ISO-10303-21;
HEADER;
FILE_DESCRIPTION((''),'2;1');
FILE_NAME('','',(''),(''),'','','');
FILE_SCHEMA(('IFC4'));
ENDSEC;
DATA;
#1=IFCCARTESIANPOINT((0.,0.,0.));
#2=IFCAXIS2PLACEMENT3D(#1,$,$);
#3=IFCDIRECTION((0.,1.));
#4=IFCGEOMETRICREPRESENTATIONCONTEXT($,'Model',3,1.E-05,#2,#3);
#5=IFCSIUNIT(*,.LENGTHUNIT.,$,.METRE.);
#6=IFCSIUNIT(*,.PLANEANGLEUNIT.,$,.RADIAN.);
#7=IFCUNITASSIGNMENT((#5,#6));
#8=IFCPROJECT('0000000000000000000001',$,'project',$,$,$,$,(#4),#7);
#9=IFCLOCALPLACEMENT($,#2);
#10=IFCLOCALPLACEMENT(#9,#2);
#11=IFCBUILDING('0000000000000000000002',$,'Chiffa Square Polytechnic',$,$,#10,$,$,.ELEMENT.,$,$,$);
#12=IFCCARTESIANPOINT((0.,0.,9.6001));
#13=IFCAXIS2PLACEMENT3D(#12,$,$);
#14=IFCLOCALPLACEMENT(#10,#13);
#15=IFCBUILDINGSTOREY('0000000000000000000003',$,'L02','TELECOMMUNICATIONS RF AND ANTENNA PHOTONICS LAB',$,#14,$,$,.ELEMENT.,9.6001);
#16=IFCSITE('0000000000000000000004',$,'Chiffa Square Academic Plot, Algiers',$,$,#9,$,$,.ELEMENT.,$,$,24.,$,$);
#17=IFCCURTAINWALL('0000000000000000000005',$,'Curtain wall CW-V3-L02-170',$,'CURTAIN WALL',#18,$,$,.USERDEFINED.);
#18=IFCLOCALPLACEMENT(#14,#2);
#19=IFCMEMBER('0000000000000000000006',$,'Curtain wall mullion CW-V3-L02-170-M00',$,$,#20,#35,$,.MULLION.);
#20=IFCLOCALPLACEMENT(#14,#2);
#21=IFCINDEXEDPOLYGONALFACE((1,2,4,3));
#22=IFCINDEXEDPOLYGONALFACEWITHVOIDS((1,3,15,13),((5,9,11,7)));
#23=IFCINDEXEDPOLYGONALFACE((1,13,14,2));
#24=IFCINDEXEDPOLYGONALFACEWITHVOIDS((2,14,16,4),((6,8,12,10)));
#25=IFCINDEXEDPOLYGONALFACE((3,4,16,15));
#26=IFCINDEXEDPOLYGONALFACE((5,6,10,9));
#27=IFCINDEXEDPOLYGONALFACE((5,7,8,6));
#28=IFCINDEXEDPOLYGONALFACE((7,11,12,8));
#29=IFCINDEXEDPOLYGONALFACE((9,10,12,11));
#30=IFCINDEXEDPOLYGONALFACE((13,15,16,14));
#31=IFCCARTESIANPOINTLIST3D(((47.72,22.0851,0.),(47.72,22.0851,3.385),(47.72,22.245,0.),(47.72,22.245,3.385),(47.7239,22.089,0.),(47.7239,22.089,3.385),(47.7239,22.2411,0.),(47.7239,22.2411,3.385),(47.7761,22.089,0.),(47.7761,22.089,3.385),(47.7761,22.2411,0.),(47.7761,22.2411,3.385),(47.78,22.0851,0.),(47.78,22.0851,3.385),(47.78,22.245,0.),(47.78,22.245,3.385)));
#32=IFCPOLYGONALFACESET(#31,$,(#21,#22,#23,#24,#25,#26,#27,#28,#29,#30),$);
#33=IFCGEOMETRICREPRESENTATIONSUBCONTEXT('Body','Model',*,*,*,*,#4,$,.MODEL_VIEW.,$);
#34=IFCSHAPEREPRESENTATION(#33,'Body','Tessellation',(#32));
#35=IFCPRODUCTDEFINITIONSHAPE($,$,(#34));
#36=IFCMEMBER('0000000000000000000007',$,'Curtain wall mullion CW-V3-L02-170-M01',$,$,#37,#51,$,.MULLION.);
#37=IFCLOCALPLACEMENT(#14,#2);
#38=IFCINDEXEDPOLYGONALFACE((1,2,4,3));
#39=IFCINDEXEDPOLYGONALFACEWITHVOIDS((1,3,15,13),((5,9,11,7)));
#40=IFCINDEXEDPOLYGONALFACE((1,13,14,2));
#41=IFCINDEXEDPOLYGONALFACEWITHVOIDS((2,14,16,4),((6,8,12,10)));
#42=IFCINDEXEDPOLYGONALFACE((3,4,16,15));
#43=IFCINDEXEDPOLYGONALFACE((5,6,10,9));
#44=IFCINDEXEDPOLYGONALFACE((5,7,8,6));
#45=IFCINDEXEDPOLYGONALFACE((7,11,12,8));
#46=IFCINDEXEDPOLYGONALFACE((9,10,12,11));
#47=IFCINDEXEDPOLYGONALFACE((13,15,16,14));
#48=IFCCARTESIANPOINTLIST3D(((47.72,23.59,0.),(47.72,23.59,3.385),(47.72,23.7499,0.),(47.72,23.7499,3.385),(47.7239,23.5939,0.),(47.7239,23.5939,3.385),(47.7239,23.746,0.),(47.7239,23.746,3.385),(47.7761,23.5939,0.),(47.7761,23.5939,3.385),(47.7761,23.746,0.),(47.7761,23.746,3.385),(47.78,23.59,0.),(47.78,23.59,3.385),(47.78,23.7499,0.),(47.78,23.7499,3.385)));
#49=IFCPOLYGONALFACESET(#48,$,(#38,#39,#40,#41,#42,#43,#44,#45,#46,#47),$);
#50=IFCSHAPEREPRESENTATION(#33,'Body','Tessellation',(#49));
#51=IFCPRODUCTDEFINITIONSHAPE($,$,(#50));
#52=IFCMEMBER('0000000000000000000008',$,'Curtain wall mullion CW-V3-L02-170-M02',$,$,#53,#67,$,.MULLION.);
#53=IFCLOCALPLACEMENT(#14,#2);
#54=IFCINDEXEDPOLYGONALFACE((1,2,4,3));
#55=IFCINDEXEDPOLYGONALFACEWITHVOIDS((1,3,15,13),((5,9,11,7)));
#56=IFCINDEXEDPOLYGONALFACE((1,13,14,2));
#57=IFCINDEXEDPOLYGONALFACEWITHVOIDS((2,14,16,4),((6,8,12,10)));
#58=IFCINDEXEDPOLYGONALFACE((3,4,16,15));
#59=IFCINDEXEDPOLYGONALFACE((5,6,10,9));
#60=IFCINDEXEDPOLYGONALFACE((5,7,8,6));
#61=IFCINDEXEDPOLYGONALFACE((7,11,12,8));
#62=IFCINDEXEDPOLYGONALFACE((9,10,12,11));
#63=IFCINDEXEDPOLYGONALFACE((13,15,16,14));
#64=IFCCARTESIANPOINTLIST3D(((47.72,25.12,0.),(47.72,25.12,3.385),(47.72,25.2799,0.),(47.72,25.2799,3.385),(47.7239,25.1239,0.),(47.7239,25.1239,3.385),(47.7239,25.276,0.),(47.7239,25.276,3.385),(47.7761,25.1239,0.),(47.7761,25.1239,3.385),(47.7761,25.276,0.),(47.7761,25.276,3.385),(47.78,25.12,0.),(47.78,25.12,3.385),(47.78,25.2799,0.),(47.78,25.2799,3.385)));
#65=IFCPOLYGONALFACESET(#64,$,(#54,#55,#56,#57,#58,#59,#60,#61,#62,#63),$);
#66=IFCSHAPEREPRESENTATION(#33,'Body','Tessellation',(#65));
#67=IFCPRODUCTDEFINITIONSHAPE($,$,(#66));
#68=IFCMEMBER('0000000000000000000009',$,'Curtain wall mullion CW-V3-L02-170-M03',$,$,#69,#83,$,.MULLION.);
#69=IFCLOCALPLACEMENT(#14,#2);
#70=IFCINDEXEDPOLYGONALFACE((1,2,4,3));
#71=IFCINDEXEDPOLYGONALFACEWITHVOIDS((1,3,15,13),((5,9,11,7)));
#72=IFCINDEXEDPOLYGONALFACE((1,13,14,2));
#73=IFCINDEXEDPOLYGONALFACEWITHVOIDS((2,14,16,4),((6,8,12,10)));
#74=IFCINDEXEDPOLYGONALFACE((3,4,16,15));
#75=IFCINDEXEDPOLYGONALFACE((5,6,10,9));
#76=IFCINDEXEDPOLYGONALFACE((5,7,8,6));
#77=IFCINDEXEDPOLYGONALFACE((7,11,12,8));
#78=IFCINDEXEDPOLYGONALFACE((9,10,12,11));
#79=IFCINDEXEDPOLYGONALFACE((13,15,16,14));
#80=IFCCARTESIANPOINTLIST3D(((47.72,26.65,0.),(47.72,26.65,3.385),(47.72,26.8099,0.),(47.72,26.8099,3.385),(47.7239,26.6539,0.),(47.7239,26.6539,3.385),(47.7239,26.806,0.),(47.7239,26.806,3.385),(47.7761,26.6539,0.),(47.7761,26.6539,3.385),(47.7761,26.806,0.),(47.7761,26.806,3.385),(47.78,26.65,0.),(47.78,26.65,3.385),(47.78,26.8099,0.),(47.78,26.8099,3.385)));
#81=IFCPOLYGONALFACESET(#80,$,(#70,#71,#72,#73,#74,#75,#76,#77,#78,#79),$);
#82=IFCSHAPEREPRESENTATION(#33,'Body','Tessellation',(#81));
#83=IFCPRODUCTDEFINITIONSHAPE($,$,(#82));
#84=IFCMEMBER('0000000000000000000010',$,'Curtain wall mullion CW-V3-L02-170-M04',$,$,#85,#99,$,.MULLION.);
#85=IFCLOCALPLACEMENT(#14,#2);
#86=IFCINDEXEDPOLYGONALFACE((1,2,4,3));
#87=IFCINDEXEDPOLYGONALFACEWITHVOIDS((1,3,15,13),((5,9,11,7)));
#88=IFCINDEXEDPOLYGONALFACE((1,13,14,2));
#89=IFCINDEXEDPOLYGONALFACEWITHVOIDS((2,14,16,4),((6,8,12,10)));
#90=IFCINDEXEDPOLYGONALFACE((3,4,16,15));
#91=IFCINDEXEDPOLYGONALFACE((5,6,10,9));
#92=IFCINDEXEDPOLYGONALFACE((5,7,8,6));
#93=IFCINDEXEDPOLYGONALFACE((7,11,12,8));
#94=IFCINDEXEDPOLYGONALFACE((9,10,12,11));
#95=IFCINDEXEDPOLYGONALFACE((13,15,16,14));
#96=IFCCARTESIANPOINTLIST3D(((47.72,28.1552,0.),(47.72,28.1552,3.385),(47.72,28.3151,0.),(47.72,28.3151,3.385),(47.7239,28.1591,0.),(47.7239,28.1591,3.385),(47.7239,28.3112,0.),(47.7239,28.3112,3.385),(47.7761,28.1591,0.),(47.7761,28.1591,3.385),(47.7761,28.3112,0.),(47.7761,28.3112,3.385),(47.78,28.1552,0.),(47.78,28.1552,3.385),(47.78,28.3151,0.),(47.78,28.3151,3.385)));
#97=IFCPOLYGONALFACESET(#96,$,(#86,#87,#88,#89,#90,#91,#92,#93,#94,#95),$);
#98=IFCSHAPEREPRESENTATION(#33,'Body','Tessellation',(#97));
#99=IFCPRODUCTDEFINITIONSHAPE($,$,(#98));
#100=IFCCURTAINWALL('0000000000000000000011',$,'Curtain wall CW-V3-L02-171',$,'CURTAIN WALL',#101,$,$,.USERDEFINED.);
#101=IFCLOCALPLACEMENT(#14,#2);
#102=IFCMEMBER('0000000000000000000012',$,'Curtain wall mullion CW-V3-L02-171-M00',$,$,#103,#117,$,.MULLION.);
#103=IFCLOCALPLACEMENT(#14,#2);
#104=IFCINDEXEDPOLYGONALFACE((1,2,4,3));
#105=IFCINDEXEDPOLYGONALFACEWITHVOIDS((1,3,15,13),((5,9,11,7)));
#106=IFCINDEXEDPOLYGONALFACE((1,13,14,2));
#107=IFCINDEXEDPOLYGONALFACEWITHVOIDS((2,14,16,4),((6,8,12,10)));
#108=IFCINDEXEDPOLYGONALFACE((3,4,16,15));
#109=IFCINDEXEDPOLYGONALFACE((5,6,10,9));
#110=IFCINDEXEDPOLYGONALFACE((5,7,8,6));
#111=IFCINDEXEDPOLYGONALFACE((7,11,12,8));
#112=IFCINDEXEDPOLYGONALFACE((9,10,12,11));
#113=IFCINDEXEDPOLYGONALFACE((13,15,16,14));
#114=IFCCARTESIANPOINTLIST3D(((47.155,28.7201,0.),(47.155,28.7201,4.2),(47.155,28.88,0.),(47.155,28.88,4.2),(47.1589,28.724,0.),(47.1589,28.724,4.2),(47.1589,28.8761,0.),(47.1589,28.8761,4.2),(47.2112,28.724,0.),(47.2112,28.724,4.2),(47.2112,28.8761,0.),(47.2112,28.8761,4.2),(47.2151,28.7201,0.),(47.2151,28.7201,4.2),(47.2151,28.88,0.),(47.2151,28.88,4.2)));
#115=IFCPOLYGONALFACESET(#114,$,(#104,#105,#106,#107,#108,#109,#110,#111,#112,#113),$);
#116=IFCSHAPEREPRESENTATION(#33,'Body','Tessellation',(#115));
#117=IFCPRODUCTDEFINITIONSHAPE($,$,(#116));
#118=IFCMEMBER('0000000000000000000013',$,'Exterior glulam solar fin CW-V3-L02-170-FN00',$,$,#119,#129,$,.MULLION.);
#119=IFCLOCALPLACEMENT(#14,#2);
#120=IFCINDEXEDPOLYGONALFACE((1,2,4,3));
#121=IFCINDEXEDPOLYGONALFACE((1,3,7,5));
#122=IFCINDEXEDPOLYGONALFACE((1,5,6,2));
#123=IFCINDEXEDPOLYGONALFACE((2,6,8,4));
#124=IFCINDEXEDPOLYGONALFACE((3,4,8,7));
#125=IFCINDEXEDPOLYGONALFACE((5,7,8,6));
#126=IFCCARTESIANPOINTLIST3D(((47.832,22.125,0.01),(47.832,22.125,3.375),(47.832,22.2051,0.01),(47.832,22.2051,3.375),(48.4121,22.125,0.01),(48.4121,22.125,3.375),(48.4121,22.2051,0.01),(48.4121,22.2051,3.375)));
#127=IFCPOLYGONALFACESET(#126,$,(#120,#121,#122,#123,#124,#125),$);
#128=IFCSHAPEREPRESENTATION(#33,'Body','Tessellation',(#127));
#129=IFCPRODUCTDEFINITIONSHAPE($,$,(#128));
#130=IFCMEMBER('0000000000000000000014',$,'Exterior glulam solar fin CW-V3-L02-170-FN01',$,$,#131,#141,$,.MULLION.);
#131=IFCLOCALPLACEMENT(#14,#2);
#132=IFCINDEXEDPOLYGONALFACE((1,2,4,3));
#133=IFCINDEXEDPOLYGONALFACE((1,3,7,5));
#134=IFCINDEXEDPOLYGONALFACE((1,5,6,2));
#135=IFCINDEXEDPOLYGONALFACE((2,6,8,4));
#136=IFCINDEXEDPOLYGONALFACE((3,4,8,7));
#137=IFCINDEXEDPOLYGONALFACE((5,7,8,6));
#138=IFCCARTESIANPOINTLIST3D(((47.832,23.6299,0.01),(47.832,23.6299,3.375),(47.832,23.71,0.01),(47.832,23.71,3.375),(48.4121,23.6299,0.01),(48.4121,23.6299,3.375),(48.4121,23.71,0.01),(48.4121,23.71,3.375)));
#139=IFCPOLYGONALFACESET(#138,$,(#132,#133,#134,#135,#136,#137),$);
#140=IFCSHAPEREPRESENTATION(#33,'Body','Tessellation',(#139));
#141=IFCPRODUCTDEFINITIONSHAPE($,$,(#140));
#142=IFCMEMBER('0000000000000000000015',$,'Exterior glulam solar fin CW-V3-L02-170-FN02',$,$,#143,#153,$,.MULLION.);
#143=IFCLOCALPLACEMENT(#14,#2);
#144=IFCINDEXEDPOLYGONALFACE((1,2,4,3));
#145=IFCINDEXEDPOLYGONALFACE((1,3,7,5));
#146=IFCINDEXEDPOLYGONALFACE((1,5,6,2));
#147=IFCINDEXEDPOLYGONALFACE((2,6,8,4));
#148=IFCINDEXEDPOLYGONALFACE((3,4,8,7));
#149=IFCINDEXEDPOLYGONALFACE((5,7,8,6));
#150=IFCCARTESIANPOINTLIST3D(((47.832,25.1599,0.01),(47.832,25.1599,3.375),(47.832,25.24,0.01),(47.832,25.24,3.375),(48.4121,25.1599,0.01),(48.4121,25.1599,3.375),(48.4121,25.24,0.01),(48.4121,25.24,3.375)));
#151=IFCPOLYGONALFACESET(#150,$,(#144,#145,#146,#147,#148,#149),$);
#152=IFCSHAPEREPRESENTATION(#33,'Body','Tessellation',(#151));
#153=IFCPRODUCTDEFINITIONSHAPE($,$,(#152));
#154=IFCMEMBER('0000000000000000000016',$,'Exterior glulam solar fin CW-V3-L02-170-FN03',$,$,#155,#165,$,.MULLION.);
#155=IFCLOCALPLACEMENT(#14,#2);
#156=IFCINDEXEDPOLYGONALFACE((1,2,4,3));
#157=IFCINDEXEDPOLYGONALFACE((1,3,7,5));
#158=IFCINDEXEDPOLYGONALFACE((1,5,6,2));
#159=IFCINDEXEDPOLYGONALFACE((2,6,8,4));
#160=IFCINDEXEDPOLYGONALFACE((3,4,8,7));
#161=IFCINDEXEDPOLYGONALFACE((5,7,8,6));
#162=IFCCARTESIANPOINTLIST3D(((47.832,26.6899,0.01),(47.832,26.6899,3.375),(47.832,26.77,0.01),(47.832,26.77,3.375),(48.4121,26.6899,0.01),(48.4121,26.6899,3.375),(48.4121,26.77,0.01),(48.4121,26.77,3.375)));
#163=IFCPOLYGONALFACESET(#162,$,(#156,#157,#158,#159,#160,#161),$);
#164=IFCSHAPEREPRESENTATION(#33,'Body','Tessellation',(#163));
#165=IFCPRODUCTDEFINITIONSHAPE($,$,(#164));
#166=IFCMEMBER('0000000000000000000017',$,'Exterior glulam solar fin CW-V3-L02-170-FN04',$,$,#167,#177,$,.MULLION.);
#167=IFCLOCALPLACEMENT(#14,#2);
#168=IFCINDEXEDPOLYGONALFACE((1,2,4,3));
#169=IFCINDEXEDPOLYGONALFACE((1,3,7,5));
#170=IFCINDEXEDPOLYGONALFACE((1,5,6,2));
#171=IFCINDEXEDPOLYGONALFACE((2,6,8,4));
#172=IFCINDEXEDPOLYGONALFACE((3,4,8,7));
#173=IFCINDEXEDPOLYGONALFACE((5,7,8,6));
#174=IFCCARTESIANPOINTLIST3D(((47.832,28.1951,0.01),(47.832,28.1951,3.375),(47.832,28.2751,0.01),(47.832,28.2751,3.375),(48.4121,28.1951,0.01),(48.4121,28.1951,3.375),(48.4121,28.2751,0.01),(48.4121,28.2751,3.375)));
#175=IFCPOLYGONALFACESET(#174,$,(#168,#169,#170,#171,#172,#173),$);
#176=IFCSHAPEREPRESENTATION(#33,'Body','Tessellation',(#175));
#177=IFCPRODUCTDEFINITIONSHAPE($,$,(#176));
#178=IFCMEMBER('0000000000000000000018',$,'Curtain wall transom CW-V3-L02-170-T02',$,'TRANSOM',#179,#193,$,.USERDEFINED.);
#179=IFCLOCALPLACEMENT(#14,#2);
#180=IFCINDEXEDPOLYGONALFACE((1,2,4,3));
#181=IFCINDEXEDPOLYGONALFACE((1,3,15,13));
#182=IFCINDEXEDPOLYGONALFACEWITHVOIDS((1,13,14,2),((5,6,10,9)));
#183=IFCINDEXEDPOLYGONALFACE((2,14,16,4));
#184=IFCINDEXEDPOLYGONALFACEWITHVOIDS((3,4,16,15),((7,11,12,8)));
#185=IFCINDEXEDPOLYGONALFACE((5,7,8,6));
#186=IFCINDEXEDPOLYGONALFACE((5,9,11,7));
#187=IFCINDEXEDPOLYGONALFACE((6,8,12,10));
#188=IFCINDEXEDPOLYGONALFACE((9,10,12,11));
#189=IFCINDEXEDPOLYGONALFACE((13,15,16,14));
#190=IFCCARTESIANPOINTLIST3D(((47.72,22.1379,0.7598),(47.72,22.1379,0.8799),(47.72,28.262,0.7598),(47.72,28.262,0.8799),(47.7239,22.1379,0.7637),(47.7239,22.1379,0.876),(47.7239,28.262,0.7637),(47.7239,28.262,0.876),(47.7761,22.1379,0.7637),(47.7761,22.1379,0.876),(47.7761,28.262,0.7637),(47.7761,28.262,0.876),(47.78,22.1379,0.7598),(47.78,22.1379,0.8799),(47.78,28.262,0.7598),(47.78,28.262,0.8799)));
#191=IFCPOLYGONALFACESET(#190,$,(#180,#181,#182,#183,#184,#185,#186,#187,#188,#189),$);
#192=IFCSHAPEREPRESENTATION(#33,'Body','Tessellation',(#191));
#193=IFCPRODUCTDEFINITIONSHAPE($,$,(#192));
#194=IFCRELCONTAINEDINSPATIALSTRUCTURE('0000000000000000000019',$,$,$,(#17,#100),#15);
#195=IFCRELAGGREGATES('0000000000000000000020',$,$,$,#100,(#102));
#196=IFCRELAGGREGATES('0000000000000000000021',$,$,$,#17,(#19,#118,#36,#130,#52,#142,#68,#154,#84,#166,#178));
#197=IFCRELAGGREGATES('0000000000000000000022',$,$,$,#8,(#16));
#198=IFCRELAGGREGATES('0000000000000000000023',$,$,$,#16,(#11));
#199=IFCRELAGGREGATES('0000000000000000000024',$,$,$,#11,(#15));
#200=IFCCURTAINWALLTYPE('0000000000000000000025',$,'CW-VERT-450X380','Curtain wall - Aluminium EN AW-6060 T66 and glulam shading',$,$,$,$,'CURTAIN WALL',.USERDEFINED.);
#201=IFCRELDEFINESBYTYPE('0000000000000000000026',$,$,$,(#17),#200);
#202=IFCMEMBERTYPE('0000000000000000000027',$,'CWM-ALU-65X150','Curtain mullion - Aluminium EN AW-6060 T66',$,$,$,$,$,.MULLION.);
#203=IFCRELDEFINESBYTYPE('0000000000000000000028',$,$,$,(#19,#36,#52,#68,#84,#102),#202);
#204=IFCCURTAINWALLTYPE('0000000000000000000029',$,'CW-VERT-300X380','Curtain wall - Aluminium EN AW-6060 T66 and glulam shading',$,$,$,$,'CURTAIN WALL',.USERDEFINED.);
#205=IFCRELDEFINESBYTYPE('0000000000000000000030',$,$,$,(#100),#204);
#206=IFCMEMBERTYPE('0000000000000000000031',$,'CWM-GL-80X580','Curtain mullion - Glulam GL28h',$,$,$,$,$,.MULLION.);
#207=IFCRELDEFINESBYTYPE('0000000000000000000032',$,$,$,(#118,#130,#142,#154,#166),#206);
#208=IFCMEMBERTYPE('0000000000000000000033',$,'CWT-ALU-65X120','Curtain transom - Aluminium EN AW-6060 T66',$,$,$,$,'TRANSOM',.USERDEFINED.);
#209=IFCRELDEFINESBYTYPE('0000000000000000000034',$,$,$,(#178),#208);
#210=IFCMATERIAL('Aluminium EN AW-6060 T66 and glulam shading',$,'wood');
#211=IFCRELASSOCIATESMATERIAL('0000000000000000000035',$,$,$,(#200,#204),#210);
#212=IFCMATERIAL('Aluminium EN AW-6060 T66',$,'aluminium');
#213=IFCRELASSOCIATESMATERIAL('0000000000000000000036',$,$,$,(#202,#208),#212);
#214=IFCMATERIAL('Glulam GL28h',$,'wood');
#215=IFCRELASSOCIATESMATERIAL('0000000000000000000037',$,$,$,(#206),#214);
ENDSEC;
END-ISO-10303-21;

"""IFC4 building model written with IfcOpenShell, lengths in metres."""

from ifc_helpers import new_model, si_unit, direction, frame, origin, origin_2d, place, context, subcontext, project, spatial, rectangle, hollow_rectangle, extrude, material, material_profile, profile_set, type_object, element, aggregate, save


model = new_model("IFC4")

# Units and contexts
model_context = context("Model", 3, precision=1e-05, world=origin(), true_north=direction((0.0, 1.0)))
body_context = subcontext(model_context, "Body", "Model", "MODEL_VIEW")
ifc_project = project(units=[si_unit("LENGTHUNIT", "METRE"), si_unit("PLANEANGLEUNIT", "RADIAN")], contexts=[model_context])

# Site, building, storey
site_placement = place(None, origin())
site = spatial("IfcSite", under=ifc_project, at=site_placement, Name="Chiffa Square Academic Plot, Algiers", CompositionType="ELEMENT", RefElevation=24.0)
building_placement = place(site_placement, origin())
building = spatial("IfcBuilding", under=site, at=building_placement, Name="Chiffa Square Polytechnic", CompositionType="ELEMENT")
storey_placement = place(building_placement, frame((0.0, 0.0, 9.6001)))
storey = spatial("IfcBuildingStorey", under=building, at=storey_placement, Name="L02", Description="TELECOMMUNICATIONS RF AND ANTENNA PHOTONICS LAB", CompositionType="ELEMENT", Elevation=9.6001)

# Curtain wall, members
ifc_material_1 = material(Name="Aluminium EN AW-6060 T66 and glulam shading", Category="wood")
curtain_wall_type_1 = type_object("IfcCurtainWallType", Name="CW-VERT-450X380", Description="Curtain wall - Aluminium EN AW-6060 T66 and glulam shading", ElementType="CURTAIN WALL", PredefinedType="USERDEFINED", material=ifc_material_1)
curtain_wall_1_placement = place(storey_placement, origin())
curtain_wall_1 = element("IfcCurtainWall", 1, at=curtain_wall_1_placement, inside=storey, type_object=curtain_wall_type_1, Name="Curtain wall CW-V3-L02-170", ObjectType="CURTAIN WALL", PredefinedType="USERDEFINED")
ifc_material_2 = material(Name="Aluminium EN AW-6060 T66", Category="aluminium")
ifc_material_profile_1 = material_profile(ifc_material_2, hollow_rectangle(XDim=0.0601, YDim=0.1599, WallThickness=0.0039, at=origin_2d()), Name="ALU 60x160x4")
ifc_profile_set_1 = profile_set([ifc_material_profile_1], Name="Aluminium EN AW-6060 T66")
member_type_1 = type_object("IfcMemberType", Name="CWM-ALU-65X150", Description="Curtain mullion - Aluminium EN AW-6060 T66", PredefinedType="MULLION", material=ifc_profile_set_1)
member_1_placement = place(storey_placement, frame((47.75, 22.165, 0.0), z_axis=(0.0, 0.0, 1.0), x_axis=(1.0, 0.0, 0.0)))
member_1 = element("IfcMember", 2, at=member_1_placement, type_object=member_type_1, Name="Curtain wall mullion CW-V3-L02-170-M00", PredefinedType="MULLION", context=body_context, shape_type="SweptSolid", body=[
    extrude(hollow_rectangle(XDim=0.0601, YDim=0.1599, WallThickness=0.0039, at=origin_2d()), origin(), (0.0, 0.0, 1.0), 3.385),
])
member_2_placement = place(storey_placement, frame((47.75, 23.6699, 0.0), z_axis=(0.0, 0.0, 1.0), x_axis=(1.0, 0.0, 0.0)))
member_2 = element("IfcMember", 3, at=member_2_placement, type_object=member_type_1, Name="Curtain wall mullion CW-V3-L02-170-M01", PredefinedType="MULLION", context=body_context, shape_type="SweptSolid", body=[
    extrude(hollow_rectangle(XDim=0.0601, YDim=0.1599, WallThickness=0.0039, at=origin_2d()), origin(), (0.0, 0.0, 1.0), 3.385),
])
member_3_placement = place(storey_placement, frame((47.75, 25.2, 0.0), z_axis=(0.0, 0.0, 1.0), x_axis=(1.0, 0.0, 0.0)))
member_3 = element("IfcMember", 4, at=member_3_placement, type_object=member_type_1, Name="Curtain wall mullion CW-V3-L02-170-M02", PredefinedType="MULLION", context=body_context, shape_type="SweptSolid", body=[
    extrude(hollow_rectangle(XDim=0.0601, YDim=0.1599, WallThickness=0.0039, at=origin_2d()), origin(), (0.0, 0.0, 1.0), 3.385),
])
member_4_placement = place(storey_placement, frame((47.75, 26.73, 0.0), z_axis=(0.0, 0.0, 1.0), x_axis=(1.0, 0.0, 0.0)))
member_4 = element("IfcMember", 5, at=member_4_placement, type_object=member_type_1, Name="Curtain wall mullion CW-V3-L02-170-M03", PredefinedType="MULLION", context=body_context, shape_type="SweptSolid", body=[
    extrude(hollow_rectangle(XDim=0.0601, YDim=0.1599, WallThickness=0.0039, at=origin_2d()), origin(), (0.0, 0.0, 1.0), 3.385),
])
member_5_placement = place(storey_placement, frame((47.75, 28.2351, 0.0), z_axis=(0.0, 0.0, 1.0), x_axis=(1.0, 0.0, 0.0)))
member_5 = element("IfcMember", 6, at=member_5_placement, type_object=member_type_1, Name="Curtain wall mullion CW-V3-L02-170-M04", PredefinedType="MULLION", context=body_context, shape_type="SweptSolid", body=[
    extrude(hollow_rectangle(XDim=0.0601, YDim=0.1599, WallThickness=0.0039, at=origin_2d()), origin(), (0.0, 0.0, 1.0), 3.385),
])

# Curtain wall, member
curtain_wall_type_2 = type_object("IfcCurtainWallType", Name="CW-VERT-300X380", Description="Curtain wall - Aluminium EN AW-6060 T66 and glulam shading", ElementType="CURTAIN WALL", PredefinedType="USERDEFINED", material=ifc_material_1)
curtain_wall_2_placement = place(storey_placement, origin())
curtain_wall_2 = element("IfcCurtainWall", 7, at=curtain_wall_2_placement, inside=storey, type_object=curtain_wall_type_2, Name="Curtain wall CW-V3-L02-171", ObjectType="CURTAIN WALL", PredefinedType="USERDEFINED")
member_6_placement = place(storey_placement, frame((47.1851, 28.8, 0.0), z_axis=(0.0, 0.0, 1.0), x_axis=(1.0, 0.0, 0.0)))
member_6 = element("IfcMember", 8, at=member_6_placement, type_object=member_type_1, Name="Curtain wall mullion CW-V3-L02-171-M00", PredefinedType="MULLION", context=body_context, shape_type="SweptSolid", body=[
    extrude(hollow_rectangle(XDim=0.0601, YDim=0.1599, WallThickness=0.0039, at=origin_2d()), origin(), (0.0, 0.0, 1.0), 4.2),
])

# Members
ifc_material_3 = material(Name="Glulam GL28h", Category="wood")
ifc_material_profile_2 = material_profile(ifc_material_3, rectangle(XDim=0.0801, YDim=0.5801, at=origin_2d()), Name="GL28h 80x580")
ifc_profile_set_2 = profile_set([ifc_material_profile_2], Name="Glulam GL28h")
member_type_2 = type_object("IfcMemberType", Name="CWM-GL-80X580", Description="Curtain mullion - Glulam GL28h", PredefinedType="MULLION", material=ifc_profile_set_2)
member_7_placement = place(storey_placement, frame((48.1221, 22.165, 0.01), z_axis=(0.0, 0.0, 1.0), x_axis=(0.0, 1.0, 0.0)))
member_7 = element("IfcMember", 9, at=member_7_placement, type_object=member_type_2, Name="Exterior glulam solar fin CW-V3-L02-170-FN00", PredefinedType="MULLION", context=body_context, shape_type="SweptSolid", body=[
    extrude(rectangle(XDim=0.0801, YDim=0.5801, at=origin_2d()), origin(), (0.0, 0.0, 1.0), 3.365),
])
member_8_placement = place(storey_placement, frame((48.1221, 23.6699, 0.01), z_axis=(0.0, 0.0, 1.0), x_axis=(0.0, 1.0, 0.0)))
member_8 = element("IfcMember", 10, at=member_8_placement, type_object=member_type_2, Name="Exterior glulam solar fin CW-V3-L02-170-FN01", PredefinedType="MULLION", context=body_context, shape_type="SweptSolid", body=[
    extrude(rectangle(XDim=0.0801, YDim=0.5801, at=origin_2d()), origin(), (0.0, 0.0, 1.0), 3.365),
])
member_9_placement = place(storey_placement, frame((48.1221, 25.2, 0.01), z_axis=(0.0, 0.0, 1.0), x_axis=(0.0, 1.0, 0.0)))
member_9 = element("IfcMember", 11, at=member_9_placement, type_object=member_type_2, Name="Exterior glulam solar fin CW-V3-L02-170-FN02", PredefinedType="MULLION", context=body_context, shape_type="SweptSolid", body=[
    extrude(rectangle(XDim=0.0801, YDim=0.5801, at=origin_2d()), origin(), (0.0, 0.0, 1.0), 3.365),
])
member_10_placement = place(storey_placement, frame((48.1221, 26.73, 0.01), z_axis=(0.0, 0.0, 1.0), x_axis=(0.0, 1.0, 0.0)))
member_10 = element("IfcMember", 12, at=member_10_placement, type_object=member_type_2, Name="Exterior glulam solar fin CW-V3-L02-170-FN03", PredefinedType="MULLION", context=body_context, shape_type="SweptSolid", body=[
    extrude(rectangle(XDim=0.0801, YDim=0.5801, at=origin_2d()), origin(), (0.0, 0.0, 1.0), 3.365),
])
member_11_placement = place(storey_placement, frame((48.1221, 28.2351, 0.01), z_axis=(0.0, 0.0, 1.0), x_axis=(0.0, 1.0, 0.0)))
member_11 = element("IfcMember", 13, at=member_11_placement, type_object=member_type_2, Name="Exterior glulam solar fin CW-V3-L02-170-FN04", PredefinedType="MULLION", context=body_context, shape_type="SweptSolid", body=[
    extrude(rectangle(XDim=0.0801, YDim=0.5801, at=origin_2d()), origin(), (0.0, 0.0, 1.0), 3.365),
])
ifc_material_profile_3 = material_profile(ifc_material_2, hollow_rectangle(XDim=0.0601, YDim=0.1201, WallThickness=0.0039, at=origin_2d()), Name="ALU 60x120x4")
ifc_profile_set_3 = profile_set([ifc_material_profile_3], Name="Aluminium EN AW-6060 T66")
member_type_3 = type_object("IfcMemberType", Name="CWT-ALU-65X120", Description="Curtain transom - Aluminium EN AW-6060 T66", ElementType="TRANSOM", PredefinedType="USERDEFINED", material=ifc_profile_set_3)
member_12_placement = place(storey_placement, frame((47.75, 22.1379, 0.8198), z_axis=(0.0, 1.0, 0.0), x_axis=(-1.0, 0.0, 0.0)))
member_12 = element("IfcMember", 14, at=member_12_placement, type_object=member_type_3, Name="Curtain wall transom CW-V3-L02-170-T02", ObjectType="TRANSOM", PredefinedType="USERDEFINED", context=body_context, shape_type="SweptSolid", body=[
    extrude(hollow_rectangle(XDim=0.0601, YDim=0.1201, WallThickness=0.0039, at=origin_2d()), origin(), (0.0, 0.0, 1.0), 6.124),
])
aggregate(curtain_wall_2, [member_6])

aggregate(curtain_wall_1, [member_1, member_7, member_2, member_8, member_3, member_9, member_4, member_10, member_5, member_11, member_12])

save(model, "model.ifc")
